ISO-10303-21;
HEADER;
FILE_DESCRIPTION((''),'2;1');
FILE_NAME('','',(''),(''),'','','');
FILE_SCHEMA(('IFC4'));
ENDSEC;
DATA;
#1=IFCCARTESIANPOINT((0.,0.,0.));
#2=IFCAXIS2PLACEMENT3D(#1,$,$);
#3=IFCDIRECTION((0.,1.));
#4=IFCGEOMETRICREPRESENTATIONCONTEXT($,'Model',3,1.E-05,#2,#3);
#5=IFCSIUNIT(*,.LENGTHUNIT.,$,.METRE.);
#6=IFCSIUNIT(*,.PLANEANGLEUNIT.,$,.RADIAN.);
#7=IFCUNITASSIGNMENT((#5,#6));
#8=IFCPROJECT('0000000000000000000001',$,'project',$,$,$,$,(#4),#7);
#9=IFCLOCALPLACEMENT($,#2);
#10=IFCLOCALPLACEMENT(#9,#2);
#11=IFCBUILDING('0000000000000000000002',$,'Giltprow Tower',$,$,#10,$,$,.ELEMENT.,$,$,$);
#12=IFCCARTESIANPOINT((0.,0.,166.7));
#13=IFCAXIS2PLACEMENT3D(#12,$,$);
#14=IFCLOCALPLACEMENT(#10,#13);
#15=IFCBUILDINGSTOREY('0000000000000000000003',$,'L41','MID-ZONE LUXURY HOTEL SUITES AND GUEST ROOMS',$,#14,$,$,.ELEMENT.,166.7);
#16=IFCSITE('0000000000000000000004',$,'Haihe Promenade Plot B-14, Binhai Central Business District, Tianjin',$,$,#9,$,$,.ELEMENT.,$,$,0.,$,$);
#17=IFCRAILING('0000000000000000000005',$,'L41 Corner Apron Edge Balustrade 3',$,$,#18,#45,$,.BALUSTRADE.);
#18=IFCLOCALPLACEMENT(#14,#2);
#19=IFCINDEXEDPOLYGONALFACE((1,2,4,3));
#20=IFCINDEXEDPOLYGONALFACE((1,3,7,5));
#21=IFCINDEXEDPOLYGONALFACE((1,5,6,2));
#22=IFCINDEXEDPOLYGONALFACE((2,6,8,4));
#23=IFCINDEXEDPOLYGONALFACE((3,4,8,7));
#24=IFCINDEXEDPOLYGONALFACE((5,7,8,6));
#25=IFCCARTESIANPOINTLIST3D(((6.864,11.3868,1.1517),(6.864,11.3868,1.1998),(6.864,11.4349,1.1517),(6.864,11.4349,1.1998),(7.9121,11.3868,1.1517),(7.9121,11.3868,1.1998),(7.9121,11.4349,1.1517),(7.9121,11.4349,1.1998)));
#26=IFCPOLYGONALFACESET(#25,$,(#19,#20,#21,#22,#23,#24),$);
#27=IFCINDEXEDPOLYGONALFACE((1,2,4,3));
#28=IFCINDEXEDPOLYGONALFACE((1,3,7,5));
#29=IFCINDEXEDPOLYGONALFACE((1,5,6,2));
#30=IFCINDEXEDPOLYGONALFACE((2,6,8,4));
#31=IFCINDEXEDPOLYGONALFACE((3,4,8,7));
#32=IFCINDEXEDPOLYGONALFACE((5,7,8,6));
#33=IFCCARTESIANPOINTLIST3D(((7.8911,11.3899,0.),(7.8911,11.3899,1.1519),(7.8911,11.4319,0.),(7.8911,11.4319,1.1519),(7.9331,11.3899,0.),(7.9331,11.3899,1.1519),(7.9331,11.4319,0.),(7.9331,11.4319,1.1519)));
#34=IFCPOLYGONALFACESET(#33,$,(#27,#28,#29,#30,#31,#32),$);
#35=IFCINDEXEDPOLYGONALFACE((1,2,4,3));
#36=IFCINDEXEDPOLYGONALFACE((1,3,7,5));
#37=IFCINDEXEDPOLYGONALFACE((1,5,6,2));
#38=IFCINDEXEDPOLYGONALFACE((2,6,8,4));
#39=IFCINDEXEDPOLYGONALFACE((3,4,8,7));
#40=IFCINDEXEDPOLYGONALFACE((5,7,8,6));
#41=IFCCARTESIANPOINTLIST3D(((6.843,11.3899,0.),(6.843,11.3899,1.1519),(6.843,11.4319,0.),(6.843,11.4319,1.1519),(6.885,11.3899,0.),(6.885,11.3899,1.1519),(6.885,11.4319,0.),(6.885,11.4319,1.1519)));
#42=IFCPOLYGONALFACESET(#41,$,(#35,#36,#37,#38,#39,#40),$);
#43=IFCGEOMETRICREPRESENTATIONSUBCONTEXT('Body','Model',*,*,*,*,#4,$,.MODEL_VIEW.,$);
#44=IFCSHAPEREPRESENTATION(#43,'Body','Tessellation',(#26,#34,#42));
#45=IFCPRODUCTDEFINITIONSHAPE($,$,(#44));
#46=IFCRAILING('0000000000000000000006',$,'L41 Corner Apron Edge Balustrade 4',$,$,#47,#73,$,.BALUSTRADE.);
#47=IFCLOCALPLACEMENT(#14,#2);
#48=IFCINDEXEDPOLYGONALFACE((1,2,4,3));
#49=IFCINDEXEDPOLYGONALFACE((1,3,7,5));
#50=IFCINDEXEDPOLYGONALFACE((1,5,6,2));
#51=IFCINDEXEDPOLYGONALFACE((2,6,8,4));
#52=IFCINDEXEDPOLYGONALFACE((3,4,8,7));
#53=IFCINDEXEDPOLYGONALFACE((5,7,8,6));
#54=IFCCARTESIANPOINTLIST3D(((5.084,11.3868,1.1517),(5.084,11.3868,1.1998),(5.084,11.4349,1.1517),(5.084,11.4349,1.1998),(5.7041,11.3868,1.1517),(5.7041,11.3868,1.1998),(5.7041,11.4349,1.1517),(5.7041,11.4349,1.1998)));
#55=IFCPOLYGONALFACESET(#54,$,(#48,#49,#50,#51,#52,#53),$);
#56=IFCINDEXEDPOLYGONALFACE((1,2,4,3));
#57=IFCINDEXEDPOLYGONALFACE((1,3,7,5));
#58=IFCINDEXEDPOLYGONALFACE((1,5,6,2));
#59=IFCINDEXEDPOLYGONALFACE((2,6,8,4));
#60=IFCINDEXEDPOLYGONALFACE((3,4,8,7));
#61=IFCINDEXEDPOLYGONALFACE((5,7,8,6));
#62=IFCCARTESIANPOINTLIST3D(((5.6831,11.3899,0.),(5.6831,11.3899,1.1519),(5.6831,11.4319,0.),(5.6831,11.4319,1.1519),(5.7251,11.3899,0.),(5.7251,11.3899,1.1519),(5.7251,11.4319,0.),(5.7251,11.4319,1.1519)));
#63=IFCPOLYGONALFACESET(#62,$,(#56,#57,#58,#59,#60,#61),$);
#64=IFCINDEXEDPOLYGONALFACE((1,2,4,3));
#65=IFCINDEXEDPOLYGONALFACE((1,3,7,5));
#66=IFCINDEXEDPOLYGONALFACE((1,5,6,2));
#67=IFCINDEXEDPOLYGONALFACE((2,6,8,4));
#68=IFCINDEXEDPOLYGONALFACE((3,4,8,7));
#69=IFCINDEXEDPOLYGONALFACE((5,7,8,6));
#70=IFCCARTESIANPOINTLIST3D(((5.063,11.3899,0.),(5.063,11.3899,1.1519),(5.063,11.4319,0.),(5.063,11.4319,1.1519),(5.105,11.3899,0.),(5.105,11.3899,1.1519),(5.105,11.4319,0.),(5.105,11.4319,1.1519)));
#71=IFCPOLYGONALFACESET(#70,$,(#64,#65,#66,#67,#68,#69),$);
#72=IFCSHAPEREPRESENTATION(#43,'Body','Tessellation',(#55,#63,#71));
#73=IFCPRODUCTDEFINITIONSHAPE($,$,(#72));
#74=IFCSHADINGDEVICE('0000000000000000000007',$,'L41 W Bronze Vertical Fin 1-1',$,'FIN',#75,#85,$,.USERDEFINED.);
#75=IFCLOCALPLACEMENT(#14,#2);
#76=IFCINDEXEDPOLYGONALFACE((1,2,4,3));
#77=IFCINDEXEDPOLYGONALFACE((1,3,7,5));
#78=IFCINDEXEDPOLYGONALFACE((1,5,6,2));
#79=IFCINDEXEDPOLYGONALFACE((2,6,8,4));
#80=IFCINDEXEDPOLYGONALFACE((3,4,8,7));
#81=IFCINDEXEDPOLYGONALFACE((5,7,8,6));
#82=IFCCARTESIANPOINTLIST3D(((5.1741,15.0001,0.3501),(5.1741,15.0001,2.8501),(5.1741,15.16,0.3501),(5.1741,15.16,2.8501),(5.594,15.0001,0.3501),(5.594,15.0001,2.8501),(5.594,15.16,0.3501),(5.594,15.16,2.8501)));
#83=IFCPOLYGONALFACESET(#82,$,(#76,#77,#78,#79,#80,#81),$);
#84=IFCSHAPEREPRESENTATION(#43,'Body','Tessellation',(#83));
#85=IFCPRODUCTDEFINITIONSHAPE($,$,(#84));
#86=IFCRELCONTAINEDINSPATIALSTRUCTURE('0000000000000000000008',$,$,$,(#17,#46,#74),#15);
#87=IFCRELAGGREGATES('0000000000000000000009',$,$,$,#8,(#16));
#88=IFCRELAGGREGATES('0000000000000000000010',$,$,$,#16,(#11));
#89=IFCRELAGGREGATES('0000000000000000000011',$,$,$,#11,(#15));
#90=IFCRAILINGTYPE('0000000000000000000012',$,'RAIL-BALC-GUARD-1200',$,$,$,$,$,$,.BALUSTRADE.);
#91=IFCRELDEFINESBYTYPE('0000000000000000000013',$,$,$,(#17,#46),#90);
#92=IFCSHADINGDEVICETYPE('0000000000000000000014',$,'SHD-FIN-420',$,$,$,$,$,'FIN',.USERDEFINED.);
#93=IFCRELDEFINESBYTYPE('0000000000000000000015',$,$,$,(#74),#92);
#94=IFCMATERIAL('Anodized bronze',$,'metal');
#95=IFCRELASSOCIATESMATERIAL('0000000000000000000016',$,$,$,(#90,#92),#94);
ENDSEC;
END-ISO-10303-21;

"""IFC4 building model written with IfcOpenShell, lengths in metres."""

from ifc_helpers import new_model, si_unit, direction, frame, origin, origin_2d, place, context, subcontext, project, spatial, rectangle, extrude, source, transform, mapped, material, type_object, element, save


model = new_model("IFC4")

# Units and contexts
model_context = context("Model", 3, precision=1e-05, world=origin(), true_north=direction((0.0, 1.0)))
body_context = subcontext(model_context, "Body", "Model", "MODEL_VIEW")
ifc_project = project(units=[si_unit("LENGTHUNIT", "METRE"), si_unit("PLANEANGLEUNIT", "RADIAN")], contexts=[model_context])

# Site, building, storey
site_placement = place(None, origin())
site = spatial("IfcSite", under=ifc_project, at=site_placement, Name="Haihe Promenade Plot B-14, Binhai Central Business District, Tianjin", CompositionType="ELEMENT", RefElevation=0.0)
building_placement = place(site_placement, origin())
building = spatial("IfcBuilding", under=site, at=building_placement, Name="Giltprow Tower", CompositionType="ELEMENT")
storey_placement = place(building_placement, frame((0.0, 0.0, 166.7)))
storey = spatial("IfcBuildingStorey", under=building, at=storey_placement, Name="L41", Description="MID-ZONE LUXURY HOTEL SUITES AND GUEST ROOMS", CompositionType="ELEMENT", Elevation=166.7)

# Shared definitions
ifc_material_1 = material(Name="Anodized bronze", Category="metal")

# Railings
railing_type = type_object("IfcRailingType", Name="RAIL-BALC-GUARD-1200", PredefinedType="BALUSTRADE", material=ifc_material_1)
railing_1_placement = place(storey_placement, frame((7.9121, 11.4109, 0.0)))
element("IfcRailing", 1, at=railing_1_placement, inside=storey, type_object=railing_type, Name="L41 Corner Apron Edge Balustrade 3", PredefinedType="BALUSTRADE", context=body_context, shape_type="SweptSolid", body=[
    extrude(rectangle(XDim=0.0481, YDim=0.0481, at=origin_2d()), frame((0.0, 0.0, 1.1758), z_axis=(-1.0, 0.0, 0.0), x_axis=(0.0, -1.0, 0.0)), (0.0, 0.0, 1.0), 1.0481),
    extrude(rectangle(XDim=0.042, YDim=0.042, at=origin_2d()), origin(), (0.0, 0.0, 1.0), 1.1519),
    extrude(rectangle(XDim=0.042, YDim=0.042, at=origin_2d()), frame((-1.0481, 0.0, 0.0)), (0.0, 0.0, 1.0), 1.1519),
])
railing_2_placement = place(storey_placement, frame((5.7041, 11.4109, 0.0)))
element("IfcRailing", 2, at=railing_2_placement, inside=storey, type_object=railing_type, Name="L41 Corner Apron Edge Balustrade 4", PredefinedType="BALUSTRADE", context=body_context, shape_type="SweptSolid", body=[
    extrude(rectangle(XDim=0.0481, YDim=0.0481, at=origin_2d()), frame((0.0, 0.0, 1.1758), z_axis=(-1.0, 0.0, 0.0), x_axis=(0.0, -1.0, 0.0)), (0.0, 0.0, 1.0), 0.6201),
    extrude(rectangle(XDim=0.042, YDim=0.042, at=origin_2d()), origin(), (0.0, 0.0, 1.0), 1.1519),
    extrude(rectangle(XDim=0.042, YDim=0.042, at=origin_2d()), frame((-0.6201, 0.0, 0.0)), (0.0, 0.0, 1.0), 1.1519),
])

# Shading device
shading_device_type = type_object("IfcShadingDeviceType", Name="SHD-FIN-420", ElementType="FIN", PredefinedType="USERDEFINED", material=ifc_material_1)
shared_shape_1 = source(origin(), body_context, "Body", "SweptSolid", [
    extrude(rectangle(XDim=0.4199, YDim=0.1599, at=origin_2d()), origin(), (0.0, 0.0, 1.0), 2.5),
])
shading_device_placement = place(storey_placement, frame((5.384, 15.0801, 0.3501), z_axis=(0.0, 0.0, 1.0), x_axis=(1.0, 0.0, 0.0)))
element("IfcShadingDevice", 3, at=shading_device_placement, inside=storey, type_object=shading_device_type, Name="L41 W Bronze Vertical Fin 1-1", ObjectType="FIN", PredefinedType="USERDEFINED", context=body_context, shape_type="MappedRepresentation", body=[
    mapped(shared_shape_1, transform((0.0, 0.0, 0.0), x_axis=(1.0, 0.0, 0.0), y_axis=(0.0, 1.0, 0.0), z_axis=(0.0, 0.0, 1.0), scale=1.0)),
])

save(model, "model.ifc")
